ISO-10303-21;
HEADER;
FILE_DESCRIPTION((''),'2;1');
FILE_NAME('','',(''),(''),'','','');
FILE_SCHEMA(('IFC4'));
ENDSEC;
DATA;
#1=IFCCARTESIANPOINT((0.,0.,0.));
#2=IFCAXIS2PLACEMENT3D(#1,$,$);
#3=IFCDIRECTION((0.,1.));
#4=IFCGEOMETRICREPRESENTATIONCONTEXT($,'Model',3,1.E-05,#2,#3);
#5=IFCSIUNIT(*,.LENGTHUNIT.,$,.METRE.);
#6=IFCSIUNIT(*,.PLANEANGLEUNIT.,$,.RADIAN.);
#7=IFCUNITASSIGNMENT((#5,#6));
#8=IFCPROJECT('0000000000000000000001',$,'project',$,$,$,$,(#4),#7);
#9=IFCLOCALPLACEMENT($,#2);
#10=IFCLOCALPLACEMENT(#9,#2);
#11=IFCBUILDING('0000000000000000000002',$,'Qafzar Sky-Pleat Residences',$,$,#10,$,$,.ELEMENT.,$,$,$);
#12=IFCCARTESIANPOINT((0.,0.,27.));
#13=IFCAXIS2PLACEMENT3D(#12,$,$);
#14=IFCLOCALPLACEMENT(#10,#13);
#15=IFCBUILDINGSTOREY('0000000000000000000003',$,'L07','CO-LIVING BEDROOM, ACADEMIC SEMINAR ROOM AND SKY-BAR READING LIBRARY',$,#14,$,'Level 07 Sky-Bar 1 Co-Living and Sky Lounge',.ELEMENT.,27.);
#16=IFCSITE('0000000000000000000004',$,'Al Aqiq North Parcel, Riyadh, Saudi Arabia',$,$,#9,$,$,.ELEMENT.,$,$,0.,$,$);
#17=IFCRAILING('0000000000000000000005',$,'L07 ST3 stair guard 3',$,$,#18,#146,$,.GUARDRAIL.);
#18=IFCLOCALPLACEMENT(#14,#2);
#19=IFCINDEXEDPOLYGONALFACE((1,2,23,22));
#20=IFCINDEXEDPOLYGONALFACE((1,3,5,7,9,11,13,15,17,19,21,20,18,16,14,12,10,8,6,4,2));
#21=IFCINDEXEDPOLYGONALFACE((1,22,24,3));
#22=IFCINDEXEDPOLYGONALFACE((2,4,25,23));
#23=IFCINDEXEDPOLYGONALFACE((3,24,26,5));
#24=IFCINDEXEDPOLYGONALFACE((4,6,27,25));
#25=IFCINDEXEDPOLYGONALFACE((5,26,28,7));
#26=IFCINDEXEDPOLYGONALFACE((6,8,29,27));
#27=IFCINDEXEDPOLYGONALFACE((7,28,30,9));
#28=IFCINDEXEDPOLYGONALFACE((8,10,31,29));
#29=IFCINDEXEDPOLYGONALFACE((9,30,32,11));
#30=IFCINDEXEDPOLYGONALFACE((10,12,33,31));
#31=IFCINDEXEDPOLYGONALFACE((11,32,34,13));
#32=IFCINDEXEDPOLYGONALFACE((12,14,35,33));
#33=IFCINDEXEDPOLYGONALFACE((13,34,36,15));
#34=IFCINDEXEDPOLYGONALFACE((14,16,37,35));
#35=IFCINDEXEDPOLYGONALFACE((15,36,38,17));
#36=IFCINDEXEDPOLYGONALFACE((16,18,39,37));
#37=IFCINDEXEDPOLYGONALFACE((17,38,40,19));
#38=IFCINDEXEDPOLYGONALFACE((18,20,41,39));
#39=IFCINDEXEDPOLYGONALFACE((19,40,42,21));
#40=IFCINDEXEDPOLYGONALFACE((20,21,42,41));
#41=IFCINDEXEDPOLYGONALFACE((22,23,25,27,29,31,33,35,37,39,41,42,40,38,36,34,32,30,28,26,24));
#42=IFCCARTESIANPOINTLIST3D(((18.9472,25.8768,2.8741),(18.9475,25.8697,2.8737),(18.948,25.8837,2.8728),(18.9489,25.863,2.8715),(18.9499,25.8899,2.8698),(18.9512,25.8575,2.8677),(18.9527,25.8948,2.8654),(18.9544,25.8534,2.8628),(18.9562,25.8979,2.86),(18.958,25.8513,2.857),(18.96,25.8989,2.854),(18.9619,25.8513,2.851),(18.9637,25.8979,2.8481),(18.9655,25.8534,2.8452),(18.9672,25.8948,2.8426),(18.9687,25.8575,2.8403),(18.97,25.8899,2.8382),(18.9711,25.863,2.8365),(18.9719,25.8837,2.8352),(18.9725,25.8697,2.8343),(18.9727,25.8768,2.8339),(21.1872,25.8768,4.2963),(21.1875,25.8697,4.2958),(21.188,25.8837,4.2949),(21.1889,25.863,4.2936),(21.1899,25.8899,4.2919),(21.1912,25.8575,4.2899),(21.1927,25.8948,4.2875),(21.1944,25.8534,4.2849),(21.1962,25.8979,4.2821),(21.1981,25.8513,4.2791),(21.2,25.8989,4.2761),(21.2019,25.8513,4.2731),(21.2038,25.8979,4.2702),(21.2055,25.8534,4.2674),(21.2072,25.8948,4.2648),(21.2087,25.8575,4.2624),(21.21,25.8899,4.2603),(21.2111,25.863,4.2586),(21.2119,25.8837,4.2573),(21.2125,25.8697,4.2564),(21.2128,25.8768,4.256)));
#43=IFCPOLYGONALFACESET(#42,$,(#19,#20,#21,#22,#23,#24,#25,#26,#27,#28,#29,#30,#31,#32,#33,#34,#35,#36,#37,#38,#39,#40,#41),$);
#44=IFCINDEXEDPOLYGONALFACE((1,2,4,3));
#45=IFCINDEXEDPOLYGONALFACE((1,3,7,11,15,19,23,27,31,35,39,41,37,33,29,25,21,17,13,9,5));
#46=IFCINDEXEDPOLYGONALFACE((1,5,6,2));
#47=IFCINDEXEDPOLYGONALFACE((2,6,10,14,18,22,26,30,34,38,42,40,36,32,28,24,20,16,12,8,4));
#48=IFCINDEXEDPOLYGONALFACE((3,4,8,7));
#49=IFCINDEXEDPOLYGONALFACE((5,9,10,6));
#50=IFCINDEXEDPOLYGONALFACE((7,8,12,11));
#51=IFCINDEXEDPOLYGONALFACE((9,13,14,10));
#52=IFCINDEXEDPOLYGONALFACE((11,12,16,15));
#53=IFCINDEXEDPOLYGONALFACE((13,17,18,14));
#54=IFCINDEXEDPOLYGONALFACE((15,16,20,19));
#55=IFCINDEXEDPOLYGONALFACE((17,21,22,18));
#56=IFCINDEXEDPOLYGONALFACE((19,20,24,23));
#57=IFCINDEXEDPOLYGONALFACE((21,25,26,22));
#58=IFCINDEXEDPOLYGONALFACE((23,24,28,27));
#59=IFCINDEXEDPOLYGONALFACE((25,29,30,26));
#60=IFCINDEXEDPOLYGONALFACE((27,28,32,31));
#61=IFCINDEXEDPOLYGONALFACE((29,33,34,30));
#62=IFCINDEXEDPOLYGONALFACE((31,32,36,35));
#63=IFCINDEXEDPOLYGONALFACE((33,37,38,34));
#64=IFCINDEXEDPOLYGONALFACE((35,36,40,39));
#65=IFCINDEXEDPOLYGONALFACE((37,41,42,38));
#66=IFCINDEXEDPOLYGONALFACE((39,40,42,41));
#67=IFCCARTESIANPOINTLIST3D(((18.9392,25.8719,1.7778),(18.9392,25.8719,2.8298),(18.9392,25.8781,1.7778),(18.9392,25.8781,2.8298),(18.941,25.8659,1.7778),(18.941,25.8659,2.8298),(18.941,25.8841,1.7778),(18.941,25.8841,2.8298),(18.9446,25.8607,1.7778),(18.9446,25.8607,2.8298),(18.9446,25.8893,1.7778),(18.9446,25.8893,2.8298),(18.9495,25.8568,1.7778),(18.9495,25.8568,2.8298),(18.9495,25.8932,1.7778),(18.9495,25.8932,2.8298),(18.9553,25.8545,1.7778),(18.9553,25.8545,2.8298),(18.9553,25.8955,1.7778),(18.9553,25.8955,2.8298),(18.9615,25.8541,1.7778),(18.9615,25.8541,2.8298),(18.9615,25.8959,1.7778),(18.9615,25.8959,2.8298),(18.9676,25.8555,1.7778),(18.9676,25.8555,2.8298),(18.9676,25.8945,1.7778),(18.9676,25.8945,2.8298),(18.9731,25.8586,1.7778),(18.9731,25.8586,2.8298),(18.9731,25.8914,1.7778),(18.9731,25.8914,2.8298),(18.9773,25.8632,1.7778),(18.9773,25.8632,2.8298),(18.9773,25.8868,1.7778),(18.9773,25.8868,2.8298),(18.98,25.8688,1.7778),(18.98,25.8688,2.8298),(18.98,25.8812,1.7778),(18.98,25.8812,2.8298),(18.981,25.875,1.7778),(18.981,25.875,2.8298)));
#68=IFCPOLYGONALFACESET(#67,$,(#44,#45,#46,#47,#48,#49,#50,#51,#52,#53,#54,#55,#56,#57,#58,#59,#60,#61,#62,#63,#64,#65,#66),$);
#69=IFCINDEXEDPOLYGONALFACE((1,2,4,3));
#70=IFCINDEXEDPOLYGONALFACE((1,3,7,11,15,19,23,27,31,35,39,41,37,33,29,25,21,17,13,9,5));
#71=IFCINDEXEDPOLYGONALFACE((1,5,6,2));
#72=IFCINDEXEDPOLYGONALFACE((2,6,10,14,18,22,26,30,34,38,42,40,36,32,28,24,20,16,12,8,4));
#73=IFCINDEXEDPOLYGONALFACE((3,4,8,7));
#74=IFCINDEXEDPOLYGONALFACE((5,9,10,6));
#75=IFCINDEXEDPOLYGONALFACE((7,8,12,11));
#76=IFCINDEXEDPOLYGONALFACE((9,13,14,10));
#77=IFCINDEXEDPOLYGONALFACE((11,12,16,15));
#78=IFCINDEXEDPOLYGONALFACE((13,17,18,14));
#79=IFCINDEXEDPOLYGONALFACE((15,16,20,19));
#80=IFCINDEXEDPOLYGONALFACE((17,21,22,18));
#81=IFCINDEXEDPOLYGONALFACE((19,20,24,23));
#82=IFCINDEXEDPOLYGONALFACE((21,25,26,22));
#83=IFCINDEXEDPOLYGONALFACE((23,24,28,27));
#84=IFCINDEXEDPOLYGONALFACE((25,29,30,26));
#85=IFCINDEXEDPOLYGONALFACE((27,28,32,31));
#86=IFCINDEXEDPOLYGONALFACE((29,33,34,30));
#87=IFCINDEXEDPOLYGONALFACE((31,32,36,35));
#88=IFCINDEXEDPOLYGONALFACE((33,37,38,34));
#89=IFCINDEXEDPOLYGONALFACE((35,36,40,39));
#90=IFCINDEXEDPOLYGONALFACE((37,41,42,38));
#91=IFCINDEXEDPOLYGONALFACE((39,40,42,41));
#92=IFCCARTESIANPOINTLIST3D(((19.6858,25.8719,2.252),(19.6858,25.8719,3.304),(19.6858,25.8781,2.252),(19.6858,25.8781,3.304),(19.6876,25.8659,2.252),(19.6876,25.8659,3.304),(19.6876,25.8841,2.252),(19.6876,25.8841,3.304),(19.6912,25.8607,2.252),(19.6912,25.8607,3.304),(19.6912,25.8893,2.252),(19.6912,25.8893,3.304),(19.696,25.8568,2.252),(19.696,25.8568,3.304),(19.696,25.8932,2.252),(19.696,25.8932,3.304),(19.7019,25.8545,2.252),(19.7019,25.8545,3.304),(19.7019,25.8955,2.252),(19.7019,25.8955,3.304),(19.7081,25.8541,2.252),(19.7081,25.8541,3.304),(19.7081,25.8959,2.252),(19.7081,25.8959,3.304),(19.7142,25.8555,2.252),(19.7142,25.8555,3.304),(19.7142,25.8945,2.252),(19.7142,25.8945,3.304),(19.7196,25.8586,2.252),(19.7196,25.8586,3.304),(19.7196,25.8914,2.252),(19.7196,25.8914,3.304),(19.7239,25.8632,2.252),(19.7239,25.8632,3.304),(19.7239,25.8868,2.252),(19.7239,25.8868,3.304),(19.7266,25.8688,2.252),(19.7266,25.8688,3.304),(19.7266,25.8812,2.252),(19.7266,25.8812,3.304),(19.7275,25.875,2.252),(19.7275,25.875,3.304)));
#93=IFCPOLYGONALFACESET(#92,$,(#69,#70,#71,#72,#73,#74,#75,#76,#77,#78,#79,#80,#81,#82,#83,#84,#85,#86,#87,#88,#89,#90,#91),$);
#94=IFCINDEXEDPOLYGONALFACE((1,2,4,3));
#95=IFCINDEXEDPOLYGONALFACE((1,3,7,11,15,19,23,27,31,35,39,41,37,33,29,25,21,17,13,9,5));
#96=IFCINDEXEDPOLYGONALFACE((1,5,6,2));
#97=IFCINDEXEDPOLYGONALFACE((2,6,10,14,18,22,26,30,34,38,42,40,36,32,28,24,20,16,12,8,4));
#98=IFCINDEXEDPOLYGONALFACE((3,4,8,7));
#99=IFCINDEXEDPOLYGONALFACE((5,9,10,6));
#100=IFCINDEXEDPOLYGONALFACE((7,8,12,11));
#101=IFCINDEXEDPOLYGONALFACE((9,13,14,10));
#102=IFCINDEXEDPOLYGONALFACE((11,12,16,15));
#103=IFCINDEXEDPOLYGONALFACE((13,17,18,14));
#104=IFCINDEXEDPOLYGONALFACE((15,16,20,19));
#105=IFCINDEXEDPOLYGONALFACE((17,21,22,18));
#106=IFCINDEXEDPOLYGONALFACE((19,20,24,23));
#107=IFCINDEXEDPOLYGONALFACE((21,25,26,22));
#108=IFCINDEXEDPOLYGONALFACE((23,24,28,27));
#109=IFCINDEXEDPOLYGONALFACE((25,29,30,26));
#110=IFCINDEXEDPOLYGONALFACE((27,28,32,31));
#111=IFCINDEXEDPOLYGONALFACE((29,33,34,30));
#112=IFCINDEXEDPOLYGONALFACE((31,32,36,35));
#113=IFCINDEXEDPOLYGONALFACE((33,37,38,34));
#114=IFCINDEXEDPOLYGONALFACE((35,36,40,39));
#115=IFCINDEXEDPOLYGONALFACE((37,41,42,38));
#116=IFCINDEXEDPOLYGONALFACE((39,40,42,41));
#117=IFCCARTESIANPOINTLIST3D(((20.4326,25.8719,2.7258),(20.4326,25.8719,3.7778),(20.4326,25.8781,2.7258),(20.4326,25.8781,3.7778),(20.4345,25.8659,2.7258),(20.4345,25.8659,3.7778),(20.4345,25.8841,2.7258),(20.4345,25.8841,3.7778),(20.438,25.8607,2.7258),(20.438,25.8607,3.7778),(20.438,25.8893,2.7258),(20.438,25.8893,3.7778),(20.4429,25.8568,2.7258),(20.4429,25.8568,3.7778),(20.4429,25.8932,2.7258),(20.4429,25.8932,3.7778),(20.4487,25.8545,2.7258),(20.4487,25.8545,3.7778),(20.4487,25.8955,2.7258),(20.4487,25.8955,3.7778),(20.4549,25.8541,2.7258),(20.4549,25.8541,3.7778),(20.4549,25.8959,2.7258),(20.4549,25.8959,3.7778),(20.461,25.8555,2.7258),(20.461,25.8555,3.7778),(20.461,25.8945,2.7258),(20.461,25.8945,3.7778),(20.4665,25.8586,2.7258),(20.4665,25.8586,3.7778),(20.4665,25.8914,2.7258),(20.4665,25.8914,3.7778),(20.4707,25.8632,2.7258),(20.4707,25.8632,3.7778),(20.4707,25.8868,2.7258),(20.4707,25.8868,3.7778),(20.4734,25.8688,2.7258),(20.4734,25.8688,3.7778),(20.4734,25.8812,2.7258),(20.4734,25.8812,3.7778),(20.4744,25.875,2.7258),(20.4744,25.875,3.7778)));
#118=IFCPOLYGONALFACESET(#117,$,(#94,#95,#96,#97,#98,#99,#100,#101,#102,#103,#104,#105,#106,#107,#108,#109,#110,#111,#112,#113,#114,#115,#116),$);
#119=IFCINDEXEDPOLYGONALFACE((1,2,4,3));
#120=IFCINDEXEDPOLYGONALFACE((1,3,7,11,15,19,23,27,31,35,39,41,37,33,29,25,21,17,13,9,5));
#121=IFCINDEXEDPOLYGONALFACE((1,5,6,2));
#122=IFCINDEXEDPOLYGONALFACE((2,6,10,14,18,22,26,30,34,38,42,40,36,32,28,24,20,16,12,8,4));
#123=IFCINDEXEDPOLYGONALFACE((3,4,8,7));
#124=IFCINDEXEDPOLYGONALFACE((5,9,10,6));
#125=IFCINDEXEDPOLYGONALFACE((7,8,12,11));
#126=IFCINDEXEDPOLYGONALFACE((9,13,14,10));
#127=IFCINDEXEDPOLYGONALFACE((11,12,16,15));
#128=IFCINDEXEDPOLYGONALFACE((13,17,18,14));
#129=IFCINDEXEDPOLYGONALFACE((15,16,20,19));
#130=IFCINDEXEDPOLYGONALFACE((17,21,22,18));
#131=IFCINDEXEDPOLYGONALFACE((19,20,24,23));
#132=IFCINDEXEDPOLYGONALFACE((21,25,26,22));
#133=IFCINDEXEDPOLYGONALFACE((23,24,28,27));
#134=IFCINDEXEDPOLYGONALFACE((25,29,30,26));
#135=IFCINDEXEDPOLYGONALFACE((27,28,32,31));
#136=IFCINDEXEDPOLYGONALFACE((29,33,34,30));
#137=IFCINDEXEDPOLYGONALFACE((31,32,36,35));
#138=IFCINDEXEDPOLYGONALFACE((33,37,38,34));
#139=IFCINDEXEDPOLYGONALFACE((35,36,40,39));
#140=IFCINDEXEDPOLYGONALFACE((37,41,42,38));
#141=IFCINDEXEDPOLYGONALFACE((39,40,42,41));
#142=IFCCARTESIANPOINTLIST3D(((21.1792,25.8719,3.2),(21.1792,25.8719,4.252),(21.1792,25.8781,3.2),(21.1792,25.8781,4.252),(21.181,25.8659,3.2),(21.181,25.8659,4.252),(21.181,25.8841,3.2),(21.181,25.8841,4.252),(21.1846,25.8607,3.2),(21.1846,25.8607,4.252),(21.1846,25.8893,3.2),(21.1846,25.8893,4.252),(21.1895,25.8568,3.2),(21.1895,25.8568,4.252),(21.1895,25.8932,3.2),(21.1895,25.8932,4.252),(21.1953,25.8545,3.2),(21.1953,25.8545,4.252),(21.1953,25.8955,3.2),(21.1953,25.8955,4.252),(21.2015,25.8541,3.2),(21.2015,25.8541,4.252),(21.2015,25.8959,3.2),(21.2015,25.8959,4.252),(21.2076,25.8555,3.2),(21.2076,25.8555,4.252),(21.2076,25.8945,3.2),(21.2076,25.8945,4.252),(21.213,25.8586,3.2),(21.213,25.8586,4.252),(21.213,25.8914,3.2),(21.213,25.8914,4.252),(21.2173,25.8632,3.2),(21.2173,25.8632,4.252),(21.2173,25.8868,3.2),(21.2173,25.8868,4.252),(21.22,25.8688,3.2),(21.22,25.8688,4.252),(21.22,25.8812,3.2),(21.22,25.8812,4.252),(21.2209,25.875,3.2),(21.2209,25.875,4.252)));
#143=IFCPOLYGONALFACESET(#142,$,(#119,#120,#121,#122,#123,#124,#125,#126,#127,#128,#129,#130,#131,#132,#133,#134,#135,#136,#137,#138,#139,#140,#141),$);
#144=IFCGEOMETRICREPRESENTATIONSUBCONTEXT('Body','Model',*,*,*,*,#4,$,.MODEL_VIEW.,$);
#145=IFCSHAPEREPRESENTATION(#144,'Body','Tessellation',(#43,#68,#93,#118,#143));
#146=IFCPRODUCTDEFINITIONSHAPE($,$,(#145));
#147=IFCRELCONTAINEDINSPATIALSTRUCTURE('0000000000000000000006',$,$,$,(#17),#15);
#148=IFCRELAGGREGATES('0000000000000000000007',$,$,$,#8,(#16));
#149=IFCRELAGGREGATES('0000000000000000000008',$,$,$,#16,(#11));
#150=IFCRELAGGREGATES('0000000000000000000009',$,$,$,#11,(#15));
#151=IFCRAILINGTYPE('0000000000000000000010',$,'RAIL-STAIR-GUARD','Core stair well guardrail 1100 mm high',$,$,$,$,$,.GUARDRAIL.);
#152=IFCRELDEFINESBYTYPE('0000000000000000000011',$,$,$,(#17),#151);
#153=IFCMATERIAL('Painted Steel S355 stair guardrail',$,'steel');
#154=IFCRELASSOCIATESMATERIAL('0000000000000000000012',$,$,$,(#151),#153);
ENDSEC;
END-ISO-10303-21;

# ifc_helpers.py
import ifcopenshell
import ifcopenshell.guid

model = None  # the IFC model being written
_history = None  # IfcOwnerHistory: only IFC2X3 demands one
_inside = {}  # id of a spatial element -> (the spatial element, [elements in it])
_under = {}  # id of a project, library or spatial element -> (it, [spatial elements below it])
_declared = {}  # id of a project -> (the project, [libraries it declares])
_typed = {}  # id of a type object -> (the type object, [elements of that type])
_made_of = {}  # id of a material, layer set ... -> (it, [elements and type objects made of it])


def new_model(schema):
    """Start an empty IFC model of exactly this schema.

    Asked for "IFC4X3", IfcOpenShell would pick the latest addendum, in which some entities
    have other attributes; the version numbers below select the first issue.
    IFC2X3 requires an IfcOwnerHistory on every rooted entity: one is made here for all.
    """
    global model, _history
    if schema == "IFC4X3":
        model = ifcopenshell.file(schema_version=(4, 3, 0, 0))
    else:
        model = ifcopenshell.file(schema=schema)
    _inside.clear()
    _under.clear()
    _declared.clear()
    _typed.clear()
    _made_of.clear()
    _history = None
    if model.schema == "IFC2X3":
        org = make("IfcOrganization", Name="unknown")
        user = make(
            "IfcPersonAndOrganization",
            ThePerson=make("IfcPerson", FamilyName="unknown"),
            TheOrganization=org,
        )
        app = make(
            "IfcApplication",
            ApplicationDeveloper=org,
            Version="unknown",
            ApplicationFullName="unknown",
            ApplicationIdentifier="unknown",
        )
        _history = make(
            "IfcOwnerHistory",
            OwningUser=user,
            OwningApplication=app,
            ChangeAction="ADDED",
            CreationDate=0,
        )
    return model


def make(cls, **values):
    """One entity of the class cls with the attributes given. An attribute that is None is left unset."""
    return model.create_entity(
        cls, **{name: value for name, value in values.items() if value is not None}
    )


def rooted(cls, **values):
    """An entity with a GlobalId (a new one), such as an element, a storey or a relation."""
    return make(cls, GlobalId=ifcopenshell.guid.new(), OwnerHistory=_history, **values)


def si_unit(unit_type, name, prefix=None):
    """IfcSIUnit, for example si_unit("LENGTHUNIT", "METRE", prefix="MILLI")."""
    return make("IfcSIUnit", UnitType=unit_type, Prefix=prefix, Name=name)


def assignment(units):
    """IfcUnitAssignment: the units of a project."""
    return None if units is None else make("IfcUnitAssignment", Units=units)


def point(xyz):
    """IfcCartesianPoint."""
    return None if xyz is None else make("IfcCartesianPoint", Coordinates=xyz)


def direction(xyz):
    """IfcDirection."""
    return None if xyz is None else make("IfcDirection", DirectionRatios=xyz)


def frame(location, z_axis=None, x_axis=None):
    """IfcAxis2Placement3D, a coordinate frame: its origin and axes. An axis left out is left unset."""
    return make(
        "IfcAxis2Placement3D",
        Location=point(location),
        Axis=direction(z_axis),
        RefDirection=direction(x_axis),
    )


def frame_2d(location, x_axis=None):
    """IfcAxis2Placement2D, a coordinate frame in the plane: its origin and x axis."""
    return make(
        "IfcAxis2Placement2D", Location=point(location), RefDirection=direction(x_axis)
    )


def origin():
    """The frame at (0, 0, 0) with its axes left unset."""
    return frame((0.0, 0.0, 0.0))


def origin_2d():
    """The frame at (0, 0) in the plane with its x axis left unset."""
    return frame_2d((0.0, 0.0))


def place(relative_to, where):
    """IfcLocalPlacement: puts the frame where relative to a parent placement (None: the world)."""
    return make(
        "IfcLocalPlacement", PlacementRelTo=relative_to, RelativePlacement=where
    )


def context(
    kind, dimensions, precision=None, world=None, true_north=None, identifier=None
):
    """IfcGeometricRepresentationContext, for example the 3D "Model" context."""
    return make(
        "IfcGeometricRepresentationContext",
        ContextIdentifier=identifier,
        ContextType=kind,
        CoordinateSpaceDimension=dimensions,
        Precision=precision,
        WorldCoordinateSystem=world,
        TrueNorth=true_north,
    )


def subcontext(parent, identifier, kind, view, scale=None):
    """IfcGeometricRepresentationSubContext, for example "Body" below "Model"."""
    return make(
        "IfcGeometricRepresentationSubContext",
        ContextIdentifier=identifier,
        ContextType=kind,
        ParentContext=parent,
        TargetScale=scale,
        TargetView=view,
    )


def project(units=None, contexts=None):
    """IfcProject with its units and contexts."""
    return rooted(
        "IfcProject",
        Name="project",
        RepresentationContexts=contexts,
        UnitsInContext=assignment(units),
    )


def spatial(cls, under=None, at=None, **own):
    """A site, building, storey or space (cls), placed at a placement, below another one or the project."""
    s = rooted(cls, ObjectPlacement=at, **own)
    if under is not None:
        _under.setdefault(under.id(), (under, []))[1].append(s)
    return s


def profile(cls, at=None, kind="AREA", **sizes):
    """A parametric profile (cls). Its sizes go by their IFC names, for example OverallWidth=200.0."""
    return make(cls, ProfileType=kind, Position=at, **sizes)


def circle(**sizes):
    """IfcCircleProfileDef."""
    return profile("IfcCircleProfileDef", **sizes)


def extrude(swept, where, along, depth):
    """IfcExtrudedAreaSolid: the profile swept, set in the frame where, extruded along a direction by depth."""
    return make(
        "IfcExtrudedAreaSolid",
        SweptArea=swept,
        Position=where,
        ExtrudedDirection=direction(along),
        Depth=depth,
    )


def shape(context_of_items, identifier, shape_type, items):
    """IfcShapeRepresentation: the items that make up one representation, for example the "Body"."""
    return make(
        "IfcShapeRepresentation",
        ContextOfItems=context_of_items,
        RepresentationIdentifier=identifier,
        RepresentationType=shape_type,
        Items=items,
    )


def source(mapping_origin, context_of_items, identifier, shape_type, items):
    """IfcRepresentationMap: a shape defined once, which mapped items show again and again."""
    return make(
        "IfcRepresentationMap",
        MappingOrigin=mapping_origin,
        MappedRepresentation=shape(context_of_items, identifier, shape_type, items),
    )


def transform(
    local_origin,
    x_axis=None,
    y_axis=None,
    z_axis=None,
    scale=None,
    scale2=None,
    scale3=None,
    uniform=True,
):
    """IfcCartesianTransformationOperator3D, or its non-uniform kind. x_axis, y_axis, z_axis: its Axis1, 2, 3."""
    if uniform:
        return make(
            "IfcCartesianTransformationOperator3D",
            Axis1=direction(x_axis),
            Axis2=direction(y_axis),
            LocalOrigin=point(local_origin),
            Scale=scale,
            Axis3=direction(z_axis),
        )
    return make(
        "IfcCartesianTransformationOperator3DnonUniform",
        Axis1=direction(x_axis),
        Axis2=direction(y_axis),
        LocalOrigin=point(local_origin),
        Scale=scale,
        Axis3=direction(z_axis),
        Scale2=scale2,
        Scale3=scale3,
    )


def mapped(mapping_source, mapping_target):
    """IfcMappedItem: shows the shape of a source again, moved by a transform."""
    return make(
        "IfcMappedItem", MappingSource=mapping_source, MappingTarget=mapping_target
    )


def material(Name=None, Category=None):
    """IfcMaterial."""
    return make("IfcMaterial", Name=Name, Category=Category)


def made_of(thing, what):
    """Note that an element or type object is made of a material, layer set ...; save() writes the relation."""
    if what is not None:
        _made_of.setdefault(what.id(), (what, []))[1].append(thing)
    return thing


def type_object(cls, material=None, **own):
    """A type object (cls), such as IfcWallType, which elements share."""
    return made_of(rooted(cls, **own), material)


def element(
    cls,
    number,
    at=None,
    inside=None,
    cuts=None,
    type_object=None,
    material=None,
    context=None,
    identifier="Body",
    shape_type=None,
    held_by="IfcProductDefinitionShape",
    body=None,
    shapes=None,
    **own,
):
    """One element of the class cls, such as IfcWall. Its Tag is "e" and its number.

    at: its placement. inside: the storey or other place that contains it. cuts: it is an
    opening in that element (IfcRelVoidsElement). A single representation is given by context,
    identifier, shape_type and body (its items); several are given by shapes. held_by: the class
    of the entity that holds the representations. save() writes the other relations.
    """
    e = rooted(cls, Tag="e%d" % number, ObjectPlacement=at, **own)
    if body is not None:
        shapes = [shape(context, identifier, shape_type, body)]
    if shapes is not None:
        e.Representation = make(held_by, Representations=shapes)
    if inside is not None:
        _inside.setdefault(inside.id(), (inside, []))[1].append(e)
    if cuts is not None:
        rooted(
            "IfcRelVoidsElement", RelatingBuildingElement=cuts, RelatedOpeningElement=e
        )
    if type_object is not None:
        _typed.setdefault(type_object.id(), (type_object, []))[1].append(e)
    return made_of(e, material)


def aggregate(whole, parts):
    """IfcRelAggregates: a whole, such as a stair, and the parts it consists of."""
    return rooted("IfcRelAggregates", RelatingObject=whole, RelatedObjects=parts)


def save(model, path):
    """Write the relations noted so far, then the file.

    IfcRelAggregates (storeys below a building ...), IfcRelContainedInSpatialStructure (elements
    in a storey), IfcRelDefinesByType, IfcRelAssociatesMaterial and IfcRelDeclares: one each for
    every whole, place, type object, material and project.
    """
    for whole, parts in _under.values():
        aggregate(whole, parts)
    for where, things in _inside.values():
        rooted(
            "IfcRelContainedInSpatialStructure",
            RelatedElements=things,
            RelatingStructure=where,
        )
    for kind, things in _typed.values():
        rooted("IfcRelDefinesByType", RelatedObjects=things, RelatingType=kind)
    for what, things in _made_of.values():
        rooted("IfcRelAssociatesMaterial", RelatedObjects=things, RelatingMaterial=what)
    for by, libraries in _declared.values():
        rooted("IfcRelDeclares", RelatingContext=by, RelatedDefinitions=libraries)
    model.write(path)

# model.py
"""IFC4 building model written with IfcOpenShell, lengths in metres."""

from ifc_helpers import new_model, si_unit, direction, frame, origin, origin_2d, place, context, subcontext, project, spatial, circle, extrude, source, transform, mapped, material, type_object, element, save


model = new_model("IFC4")

# Units and contexts
model_context = context("Model", 3, precision=1e-05, world=origin(), true_north=direction((0.0, 1.0)))
body_context = subcontext(model_context, "Body", "Model", "MODEL_VIEW")
ifc_project = project(units=[si_unit("LENGTHUNIT", "METRE"), si_unit("PLANEANGLEUNIT", "RADIAN")], contexts=[model_context])

# Site, building, storey
site_placement = place(None, origin())
site = spatial("IfcSite", under=ifc_project, at=site_placement, Name="Al Aqiq North Parcel, Riyadh, Saudi Arabia", CompositionType="ELEMENT", RefElevation=0.0)
building_placement = place(site_placement, origin())
building = spatial("IfcBuilding", under=site, at=building_placement, Name="Qafzar Sky-Pleat Residences", CompositionType="ELEMENT")
storey_placement = place(building_placement, frame((0.0, 0.0, 27.0)))
storey = spatial("IfcBuildingStorey", under=building, at=storey_placement, Name="L07", Description="CO-LIVING BEDROOM, ACADEMIC SEMINAR ROOM AND SKY-BAR READING LIBRARY", LongName="Level 07 Sky-Bar 1 Co-Living and Sky Lounge", CompositionType="ELEMENT", Elevation=27.0)

# Railing
ifc_material_1 = material(Name="Painted Steel S355 stair guardrail", Category="steel")
railing_type_1 = type_object("IfcRailingType", Name="RAIL-STAIR-GUARD", Description="Core stair well guardrail 1100 mm high", PredefinedType="GUARDRAIL", material=ifc_material_1)
shared_shape_1 = source(origin(), body_context, "Body", "SweptSolid", [
    extrude(circle(Radius=0.0239, at=origin_2d()), frame((0.0, 0.0, 1.0762), z_axis=(0.844229, 0.0, 0.535982), x_axis=(0.0, 1.0, 0.0)), (0.0, 0.0, 1.0), 2.6533),
    extrude(circle(Radius=0.021, at=origin_2d()), origin(), (0.0, 0.0, 1.0), 1.052),
    extrude(circle(Radius=0.021, at=origin_2d()), frame((0.7466, 0.0, 0.4741)), (0.0, 0.0, 1.0), 1.052),
    extrude(circle(Radius=0.021, at=origin_2d()), frame((1.4934, 0.0, 0.948)), (0.0, 0.0, 1.0), 1.052),
    extrude(circle(Radius=0.021, at=origin_2d()), frame((2.24, 0.0, 1.4221)), (0.0, 0.0, 1.0), 1.052),
])
railing_1_placement = place(storey_placement, frame((18.96, 25.875, 1.7778)))
element("IfcRailing", 1, at=railing_1_placement, inside=storey, type_object=railing_type_1, Name="L07 ST3 stair guard 3", PredefinedType="GUARDRAIL", context=body_context, shape_type="MappedRepresentation", body=[
    mapped(shared_shape_1, transform((0.0, 0.0, 0.0), x_axis=(1.0, 0.0, 0.0), y_axis=(0.0, 1.0, 0.0), z_axis=(0.0, 0.0, 1.0), scale=1.0)),
])

save(model, "model.ifc")
